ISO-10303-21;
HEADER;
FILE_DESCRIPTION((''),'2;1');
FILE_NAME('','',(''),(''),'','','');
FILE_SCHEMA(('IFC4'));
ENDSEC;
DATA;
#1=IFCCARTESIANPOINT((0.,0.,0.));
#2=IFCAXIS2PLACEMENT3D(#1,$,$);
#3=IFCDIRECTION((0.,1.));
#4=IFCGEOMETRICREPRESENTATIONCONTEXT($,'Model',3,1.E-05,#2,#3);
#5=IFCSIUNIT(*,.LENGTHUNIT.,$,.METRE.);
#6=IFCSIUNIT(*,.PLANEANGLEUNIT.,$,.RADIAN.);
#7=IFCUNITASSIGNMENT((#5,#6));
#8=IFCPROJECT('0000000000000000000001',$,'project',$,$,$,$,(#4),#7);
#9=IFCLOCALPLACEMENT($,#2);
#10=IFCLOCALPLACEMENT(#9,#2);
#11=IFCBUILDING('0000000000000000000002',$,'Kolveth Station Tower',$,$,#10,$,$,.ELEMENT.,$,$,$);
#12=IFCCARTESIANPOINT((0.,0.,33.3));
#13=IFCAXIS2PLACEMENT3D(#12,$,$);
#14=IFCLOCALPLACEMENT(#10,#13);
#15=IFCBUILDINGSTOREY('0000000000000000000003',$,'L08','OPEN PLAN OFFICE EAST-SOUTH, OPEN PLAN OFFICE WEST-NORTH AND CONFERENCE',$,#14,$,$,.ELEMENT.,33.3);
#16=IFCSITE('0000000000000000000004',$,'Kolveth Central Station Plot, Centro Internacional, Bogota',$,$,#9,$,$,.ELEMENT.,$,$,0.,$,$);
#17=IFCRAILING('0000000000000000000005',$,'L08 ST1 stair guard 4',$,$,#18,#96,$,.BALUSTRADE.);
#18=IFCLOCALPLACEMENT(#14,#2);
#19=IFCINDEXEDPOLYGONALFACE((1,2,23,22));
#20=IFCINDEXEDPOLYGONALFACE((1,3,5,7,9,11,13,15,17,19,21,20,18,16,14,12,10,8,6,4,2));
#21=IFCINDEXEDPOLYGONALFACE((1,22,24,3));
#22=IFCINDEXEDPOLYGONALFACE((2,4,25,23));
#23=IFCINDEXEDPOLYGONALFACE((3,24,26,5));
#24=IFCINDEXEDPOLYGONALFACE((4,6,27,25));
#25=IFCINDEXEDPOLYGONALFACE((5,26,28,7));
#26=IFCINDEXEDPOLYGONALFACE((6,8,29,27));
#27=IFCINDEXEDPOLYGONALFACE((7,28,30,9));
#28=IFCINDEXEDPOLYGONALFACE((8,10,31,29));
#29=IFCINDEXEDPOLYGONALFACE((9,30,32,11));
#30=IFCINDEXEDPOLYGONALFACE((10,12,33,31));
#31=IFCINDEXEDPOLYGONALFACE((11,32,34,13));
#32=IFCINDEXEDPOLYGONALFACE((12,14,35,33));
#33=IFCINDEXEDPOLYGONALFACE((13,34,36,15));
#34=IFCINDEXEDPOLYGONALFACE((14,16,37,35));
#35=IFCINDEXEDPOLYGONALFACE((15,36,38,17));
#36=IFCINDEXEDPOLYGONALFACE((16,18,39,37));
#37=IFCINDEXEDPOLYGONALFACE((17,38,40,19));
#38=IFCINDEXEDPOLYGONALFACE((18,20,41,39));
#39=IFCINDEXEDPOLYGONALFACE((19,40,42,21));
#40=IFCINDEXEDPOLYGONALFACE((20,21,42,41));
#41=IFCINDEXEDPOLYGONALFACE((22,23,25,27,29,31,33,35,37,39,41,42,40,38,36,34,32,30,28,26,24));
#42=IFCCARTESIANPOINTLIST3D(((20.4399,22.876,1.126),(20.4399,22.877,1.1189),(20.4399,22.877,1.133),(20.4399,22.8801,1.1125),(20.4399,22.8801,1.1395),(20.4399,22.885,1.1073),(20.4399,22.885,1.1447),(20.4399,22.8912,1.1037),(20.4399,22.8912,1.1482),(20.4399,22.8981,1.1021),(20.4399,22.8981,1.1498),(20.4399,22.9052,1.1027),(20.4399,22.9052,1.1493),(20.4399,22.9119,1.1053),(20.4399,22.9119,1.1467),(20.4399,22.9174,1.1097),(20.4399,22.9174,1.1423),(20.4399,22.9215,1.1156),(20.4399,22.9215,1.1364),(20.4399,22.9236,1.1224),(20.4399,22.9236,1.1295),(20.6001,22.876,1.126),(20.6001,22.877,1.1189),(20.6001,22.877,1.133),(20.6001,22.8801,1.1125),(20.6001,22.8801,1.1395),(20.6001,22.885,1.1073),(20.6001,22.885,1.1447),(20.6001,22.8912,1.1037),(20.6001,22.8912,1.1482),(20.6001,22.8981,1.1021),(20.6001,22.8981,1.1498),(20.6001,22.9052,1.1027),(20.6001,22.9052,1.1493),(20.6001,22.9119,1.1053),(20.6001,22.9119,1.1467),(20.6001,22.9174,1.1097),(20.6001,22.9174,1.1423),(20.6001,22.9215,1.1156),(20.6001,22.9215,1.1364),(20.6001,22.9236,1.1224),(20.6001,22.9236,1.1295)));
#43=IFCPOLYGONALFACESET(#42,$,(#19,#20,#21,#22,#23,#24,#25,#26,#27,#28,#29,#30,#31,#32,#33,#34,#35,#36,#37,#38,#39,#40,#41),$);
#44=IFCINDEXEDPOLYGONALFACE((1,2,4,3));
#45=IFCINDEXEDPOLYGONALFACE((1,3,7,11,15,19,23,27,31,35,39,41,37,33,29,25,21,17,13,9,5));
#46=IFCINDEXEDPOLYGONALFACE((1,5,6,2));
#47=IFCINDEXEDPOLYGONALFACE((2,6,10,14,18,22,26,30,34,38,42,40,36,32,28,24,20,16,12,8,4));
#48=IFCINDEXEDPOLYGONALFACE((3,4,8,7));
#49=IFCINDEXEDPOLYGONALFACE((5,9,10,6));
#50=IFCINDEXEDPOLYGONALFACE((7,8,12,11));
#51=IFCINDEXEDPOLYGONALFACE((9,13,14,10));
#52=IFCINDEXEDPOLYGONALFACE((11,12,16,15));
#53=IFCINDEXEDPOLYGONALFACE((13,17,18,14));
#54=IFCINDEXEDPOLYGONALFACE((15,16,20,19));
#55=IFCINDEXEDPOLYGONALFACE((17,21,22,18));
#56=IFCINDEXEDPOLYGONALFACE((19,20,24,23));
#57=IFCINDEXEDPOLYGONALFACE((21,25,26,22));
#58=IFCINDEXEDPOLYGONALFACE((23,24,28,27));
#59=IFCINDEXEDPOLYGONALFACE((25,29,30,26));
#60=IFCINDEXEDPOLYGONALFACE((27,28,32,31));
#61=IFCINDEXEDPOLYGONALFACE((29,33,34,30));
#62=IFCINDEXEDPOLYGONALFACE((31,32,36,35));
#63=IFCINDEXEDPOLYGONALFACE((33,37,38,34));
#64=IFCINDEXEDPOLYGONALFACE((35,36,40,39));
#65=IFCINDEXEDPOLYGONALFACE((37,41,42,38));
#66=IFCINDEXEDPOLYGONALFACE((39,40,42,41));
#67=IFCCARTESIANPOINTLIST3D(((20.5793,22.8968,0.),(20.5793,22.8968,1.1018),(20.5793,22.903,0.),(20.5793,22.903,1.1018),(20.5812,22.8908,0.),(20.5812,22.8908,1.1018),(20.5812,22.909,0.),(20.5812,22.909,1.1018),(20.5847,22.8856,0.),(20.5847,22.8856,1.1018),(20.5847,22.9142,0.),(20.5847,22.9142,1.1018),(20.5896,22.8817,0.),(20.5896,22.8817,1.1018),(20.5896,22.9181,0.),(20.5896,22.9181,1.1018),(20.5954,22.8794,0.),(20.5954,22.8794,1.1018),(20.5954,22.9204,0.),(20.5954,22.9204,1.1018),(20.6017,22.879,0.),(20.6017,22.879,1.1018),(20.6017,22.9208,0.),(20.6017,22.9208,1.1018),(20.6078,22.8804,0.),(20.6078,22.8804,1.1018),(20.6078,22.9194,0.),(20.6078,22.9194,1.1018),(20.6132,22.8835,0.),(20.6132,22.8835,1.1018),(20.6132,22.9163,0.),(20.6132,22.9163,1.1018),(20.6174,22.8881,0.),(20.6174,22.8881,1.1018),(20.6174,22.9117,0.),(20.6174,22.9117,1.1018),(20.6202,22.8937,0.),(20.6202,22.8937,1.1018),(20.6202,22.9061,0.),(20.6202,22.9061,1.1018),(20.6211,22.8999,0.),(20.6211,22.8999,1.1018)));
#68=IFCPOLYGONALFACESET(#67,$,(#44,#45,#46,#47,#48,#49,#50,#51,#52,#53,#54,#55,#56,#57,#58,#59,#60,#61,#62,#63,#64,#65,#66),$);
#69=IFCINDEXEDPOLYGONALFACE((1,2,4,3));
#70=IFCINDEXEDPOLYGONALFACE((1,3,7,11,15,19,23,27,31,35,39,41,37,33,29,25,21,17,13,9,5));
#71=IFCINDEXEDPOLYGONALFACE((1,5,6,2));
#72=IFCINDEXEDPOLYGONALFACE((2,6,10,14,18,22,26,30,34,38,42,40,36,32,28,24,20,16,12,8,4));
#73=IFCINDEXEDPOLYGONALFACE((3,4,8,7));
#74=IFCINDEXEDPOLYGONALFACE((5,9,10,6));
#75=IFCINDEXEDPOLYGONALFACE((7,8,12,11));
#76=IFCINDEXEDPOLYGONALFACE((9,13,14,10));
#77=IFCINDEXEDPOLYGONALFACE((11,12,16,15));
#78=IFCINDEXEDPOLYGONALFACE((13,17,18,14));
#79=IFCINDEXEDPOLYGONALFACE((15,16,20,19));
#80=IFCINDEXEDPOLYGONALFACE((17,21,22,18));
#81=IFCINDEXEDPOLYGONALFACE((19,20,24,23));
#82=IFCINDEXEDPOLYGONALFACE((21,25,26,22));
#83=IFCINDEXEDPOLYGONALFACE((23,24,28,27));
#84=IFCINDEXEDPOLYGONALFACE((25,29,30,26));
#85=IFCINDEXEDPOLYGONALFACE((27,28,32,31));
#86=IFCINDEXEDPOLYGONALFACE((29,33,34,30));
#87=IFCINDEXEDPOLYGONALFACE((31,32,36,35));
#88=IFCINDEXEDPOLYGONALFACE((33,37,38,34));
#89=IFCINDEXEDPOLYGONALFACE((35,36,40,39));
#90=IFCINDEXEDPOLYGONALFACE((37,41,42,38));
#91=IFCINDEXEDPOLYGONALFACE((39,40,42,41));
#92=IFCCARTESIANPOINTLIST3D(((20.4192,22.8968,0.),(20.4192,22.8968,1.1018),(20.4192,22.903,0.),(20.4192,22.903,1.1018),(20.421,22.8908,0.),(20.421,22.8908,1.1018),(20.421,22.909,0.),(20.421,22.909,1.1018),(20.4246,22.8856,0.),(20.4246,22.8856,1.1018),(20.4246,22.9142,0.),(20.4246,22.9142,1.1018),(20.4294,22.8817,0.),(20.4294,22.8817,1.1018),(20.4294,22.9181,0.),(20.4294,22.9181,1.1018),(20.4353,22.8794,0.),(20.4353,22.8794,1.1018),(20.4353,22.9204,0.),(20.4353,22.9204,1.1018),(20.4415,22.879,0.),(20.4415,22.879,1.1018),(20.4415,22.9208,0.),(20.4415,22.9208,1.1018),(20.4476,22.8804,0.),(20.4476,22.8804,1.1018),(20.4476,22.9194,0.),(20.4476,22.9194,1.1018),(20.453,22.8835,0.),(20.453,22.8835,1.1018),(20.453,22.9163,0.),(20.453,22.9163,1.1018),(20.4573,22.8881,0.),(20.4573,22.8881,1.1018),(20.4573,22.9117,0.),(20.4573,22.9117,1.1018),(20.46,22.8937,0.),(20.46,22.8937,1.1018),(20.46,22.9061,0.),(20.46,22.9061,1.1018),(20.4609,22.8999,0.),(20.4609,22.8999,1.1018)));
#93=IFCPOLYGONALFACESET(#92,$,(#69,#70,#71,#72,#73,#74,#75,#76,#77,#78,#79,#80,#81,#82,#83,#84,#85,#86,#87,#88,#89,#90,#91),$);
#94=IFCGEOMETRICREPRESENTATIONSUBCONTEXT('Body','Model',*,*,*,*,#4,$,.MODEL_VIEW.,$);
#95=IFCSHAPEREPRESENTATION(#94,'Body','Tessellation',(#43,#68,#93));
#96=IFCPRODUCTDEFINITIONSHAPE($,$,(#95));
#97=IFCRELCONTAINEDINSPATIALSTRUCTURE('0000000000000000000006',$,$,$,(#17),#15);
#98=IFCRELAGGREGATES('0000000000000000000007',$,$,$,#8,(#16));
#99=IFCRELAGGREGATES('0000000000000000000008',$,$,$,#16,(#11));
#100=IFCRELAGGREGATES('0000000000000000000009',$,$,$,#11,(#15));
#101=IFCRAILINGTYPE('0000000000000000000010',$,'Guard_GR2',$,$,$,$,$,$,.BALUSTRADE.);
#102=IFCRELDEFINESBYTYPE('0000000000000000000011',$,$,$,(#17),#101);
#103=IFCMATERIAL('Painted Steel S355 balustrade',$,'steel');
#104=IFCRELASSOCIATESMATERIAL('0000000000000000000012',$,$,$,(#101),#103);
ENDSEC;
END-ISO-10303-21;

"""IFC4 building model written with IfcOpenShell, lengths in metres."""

from ifc_helpers import new_model, si_unit, direction, frame, origin, origin_2d, place, context, subcontext, project, spatial, circle, extrude, material, type_object, element, save


model = new_model("IFC4")

# Units and contexts
model_context = context("Model", 3, precision=1e-05, world=origin(), true_north=direction((0.0, 1.0)))
body_context = subcontext(model_context, "Body", "Model", "MODEL_VIEW")
ifc_project = project(units=[si_unit("LENGTHUNIT", "METRE"), si_unit("PLANEANGLEUNIT", "RADIAN")], contexts=[model_context])

# Site, building, storey
site_placement = place(None, origin())
site = spatial("IfcSite", under=ifc_project, at=site_placement, Name="Kolveth Central Station Plot, Centro Internacional, Bogota", CompositionType="ELEMENT", RefElevation=0.0)
building_placement = place(site_placement, origin())
building = spatial("IfcBuilding", under=site, at=building_placement, Name="Kolveth Station Tower", CompositionType="ELEMENT")
storey_placement = place(building_placement, frame((0.0, 0.0, 33.3)))
storey = spatial("IfcBuildingStorey", under=building, at=storey_placement, Name="L08", Description="OPEN PLAN OFFICE EAST-SOUTH, OPEN PLAN OFFICE WEST-NORTH AND CONFERENCE", CompositionType="ELEMENT", Elevation=33.3)

# Railing
ifc_material_1 = material(Name="Painted Steel S355 balustrade", Category="steel")
railing_type_1 = type_object("IfcRailingType", Name="Guard_GR2", PredefinedType="BALUSTRADE", material=ifc_material_1)
railing_1_placement = place(storey_placement, frame((20.6001, 22.8999, 0.0)))
element("IfcRailing", 1, at=railing_1_placement, inside=storey, type_object=railing_type_1, Name="L08 ST1 stair guard 4", PredefinedType="BALUSTRADE", context=body_context, shape_type="SweptSolid", body=[
    extrude(circle(Radius=0.0239, at=origin_2d()), frame((0.0, 0.0, 1.126), z_axis=(-1.0, 0.0, 0.0), x_axis=(0.0, -1.0, 0.0)), (0.0, 0.0, 1.0), 0.1602),
    extrude(circle(Radius=0.021, at=origin_2d()), origin(), (0.0, 0.0, 1.0), 1.1018),
    extrude(circle(Radius=0.021, at=origin_2d()), frame((-0.1602, 0.0, 0.0)), (0.0, 0.0, 1.0), 1.1018),
])

save(model, "model.ifc")
